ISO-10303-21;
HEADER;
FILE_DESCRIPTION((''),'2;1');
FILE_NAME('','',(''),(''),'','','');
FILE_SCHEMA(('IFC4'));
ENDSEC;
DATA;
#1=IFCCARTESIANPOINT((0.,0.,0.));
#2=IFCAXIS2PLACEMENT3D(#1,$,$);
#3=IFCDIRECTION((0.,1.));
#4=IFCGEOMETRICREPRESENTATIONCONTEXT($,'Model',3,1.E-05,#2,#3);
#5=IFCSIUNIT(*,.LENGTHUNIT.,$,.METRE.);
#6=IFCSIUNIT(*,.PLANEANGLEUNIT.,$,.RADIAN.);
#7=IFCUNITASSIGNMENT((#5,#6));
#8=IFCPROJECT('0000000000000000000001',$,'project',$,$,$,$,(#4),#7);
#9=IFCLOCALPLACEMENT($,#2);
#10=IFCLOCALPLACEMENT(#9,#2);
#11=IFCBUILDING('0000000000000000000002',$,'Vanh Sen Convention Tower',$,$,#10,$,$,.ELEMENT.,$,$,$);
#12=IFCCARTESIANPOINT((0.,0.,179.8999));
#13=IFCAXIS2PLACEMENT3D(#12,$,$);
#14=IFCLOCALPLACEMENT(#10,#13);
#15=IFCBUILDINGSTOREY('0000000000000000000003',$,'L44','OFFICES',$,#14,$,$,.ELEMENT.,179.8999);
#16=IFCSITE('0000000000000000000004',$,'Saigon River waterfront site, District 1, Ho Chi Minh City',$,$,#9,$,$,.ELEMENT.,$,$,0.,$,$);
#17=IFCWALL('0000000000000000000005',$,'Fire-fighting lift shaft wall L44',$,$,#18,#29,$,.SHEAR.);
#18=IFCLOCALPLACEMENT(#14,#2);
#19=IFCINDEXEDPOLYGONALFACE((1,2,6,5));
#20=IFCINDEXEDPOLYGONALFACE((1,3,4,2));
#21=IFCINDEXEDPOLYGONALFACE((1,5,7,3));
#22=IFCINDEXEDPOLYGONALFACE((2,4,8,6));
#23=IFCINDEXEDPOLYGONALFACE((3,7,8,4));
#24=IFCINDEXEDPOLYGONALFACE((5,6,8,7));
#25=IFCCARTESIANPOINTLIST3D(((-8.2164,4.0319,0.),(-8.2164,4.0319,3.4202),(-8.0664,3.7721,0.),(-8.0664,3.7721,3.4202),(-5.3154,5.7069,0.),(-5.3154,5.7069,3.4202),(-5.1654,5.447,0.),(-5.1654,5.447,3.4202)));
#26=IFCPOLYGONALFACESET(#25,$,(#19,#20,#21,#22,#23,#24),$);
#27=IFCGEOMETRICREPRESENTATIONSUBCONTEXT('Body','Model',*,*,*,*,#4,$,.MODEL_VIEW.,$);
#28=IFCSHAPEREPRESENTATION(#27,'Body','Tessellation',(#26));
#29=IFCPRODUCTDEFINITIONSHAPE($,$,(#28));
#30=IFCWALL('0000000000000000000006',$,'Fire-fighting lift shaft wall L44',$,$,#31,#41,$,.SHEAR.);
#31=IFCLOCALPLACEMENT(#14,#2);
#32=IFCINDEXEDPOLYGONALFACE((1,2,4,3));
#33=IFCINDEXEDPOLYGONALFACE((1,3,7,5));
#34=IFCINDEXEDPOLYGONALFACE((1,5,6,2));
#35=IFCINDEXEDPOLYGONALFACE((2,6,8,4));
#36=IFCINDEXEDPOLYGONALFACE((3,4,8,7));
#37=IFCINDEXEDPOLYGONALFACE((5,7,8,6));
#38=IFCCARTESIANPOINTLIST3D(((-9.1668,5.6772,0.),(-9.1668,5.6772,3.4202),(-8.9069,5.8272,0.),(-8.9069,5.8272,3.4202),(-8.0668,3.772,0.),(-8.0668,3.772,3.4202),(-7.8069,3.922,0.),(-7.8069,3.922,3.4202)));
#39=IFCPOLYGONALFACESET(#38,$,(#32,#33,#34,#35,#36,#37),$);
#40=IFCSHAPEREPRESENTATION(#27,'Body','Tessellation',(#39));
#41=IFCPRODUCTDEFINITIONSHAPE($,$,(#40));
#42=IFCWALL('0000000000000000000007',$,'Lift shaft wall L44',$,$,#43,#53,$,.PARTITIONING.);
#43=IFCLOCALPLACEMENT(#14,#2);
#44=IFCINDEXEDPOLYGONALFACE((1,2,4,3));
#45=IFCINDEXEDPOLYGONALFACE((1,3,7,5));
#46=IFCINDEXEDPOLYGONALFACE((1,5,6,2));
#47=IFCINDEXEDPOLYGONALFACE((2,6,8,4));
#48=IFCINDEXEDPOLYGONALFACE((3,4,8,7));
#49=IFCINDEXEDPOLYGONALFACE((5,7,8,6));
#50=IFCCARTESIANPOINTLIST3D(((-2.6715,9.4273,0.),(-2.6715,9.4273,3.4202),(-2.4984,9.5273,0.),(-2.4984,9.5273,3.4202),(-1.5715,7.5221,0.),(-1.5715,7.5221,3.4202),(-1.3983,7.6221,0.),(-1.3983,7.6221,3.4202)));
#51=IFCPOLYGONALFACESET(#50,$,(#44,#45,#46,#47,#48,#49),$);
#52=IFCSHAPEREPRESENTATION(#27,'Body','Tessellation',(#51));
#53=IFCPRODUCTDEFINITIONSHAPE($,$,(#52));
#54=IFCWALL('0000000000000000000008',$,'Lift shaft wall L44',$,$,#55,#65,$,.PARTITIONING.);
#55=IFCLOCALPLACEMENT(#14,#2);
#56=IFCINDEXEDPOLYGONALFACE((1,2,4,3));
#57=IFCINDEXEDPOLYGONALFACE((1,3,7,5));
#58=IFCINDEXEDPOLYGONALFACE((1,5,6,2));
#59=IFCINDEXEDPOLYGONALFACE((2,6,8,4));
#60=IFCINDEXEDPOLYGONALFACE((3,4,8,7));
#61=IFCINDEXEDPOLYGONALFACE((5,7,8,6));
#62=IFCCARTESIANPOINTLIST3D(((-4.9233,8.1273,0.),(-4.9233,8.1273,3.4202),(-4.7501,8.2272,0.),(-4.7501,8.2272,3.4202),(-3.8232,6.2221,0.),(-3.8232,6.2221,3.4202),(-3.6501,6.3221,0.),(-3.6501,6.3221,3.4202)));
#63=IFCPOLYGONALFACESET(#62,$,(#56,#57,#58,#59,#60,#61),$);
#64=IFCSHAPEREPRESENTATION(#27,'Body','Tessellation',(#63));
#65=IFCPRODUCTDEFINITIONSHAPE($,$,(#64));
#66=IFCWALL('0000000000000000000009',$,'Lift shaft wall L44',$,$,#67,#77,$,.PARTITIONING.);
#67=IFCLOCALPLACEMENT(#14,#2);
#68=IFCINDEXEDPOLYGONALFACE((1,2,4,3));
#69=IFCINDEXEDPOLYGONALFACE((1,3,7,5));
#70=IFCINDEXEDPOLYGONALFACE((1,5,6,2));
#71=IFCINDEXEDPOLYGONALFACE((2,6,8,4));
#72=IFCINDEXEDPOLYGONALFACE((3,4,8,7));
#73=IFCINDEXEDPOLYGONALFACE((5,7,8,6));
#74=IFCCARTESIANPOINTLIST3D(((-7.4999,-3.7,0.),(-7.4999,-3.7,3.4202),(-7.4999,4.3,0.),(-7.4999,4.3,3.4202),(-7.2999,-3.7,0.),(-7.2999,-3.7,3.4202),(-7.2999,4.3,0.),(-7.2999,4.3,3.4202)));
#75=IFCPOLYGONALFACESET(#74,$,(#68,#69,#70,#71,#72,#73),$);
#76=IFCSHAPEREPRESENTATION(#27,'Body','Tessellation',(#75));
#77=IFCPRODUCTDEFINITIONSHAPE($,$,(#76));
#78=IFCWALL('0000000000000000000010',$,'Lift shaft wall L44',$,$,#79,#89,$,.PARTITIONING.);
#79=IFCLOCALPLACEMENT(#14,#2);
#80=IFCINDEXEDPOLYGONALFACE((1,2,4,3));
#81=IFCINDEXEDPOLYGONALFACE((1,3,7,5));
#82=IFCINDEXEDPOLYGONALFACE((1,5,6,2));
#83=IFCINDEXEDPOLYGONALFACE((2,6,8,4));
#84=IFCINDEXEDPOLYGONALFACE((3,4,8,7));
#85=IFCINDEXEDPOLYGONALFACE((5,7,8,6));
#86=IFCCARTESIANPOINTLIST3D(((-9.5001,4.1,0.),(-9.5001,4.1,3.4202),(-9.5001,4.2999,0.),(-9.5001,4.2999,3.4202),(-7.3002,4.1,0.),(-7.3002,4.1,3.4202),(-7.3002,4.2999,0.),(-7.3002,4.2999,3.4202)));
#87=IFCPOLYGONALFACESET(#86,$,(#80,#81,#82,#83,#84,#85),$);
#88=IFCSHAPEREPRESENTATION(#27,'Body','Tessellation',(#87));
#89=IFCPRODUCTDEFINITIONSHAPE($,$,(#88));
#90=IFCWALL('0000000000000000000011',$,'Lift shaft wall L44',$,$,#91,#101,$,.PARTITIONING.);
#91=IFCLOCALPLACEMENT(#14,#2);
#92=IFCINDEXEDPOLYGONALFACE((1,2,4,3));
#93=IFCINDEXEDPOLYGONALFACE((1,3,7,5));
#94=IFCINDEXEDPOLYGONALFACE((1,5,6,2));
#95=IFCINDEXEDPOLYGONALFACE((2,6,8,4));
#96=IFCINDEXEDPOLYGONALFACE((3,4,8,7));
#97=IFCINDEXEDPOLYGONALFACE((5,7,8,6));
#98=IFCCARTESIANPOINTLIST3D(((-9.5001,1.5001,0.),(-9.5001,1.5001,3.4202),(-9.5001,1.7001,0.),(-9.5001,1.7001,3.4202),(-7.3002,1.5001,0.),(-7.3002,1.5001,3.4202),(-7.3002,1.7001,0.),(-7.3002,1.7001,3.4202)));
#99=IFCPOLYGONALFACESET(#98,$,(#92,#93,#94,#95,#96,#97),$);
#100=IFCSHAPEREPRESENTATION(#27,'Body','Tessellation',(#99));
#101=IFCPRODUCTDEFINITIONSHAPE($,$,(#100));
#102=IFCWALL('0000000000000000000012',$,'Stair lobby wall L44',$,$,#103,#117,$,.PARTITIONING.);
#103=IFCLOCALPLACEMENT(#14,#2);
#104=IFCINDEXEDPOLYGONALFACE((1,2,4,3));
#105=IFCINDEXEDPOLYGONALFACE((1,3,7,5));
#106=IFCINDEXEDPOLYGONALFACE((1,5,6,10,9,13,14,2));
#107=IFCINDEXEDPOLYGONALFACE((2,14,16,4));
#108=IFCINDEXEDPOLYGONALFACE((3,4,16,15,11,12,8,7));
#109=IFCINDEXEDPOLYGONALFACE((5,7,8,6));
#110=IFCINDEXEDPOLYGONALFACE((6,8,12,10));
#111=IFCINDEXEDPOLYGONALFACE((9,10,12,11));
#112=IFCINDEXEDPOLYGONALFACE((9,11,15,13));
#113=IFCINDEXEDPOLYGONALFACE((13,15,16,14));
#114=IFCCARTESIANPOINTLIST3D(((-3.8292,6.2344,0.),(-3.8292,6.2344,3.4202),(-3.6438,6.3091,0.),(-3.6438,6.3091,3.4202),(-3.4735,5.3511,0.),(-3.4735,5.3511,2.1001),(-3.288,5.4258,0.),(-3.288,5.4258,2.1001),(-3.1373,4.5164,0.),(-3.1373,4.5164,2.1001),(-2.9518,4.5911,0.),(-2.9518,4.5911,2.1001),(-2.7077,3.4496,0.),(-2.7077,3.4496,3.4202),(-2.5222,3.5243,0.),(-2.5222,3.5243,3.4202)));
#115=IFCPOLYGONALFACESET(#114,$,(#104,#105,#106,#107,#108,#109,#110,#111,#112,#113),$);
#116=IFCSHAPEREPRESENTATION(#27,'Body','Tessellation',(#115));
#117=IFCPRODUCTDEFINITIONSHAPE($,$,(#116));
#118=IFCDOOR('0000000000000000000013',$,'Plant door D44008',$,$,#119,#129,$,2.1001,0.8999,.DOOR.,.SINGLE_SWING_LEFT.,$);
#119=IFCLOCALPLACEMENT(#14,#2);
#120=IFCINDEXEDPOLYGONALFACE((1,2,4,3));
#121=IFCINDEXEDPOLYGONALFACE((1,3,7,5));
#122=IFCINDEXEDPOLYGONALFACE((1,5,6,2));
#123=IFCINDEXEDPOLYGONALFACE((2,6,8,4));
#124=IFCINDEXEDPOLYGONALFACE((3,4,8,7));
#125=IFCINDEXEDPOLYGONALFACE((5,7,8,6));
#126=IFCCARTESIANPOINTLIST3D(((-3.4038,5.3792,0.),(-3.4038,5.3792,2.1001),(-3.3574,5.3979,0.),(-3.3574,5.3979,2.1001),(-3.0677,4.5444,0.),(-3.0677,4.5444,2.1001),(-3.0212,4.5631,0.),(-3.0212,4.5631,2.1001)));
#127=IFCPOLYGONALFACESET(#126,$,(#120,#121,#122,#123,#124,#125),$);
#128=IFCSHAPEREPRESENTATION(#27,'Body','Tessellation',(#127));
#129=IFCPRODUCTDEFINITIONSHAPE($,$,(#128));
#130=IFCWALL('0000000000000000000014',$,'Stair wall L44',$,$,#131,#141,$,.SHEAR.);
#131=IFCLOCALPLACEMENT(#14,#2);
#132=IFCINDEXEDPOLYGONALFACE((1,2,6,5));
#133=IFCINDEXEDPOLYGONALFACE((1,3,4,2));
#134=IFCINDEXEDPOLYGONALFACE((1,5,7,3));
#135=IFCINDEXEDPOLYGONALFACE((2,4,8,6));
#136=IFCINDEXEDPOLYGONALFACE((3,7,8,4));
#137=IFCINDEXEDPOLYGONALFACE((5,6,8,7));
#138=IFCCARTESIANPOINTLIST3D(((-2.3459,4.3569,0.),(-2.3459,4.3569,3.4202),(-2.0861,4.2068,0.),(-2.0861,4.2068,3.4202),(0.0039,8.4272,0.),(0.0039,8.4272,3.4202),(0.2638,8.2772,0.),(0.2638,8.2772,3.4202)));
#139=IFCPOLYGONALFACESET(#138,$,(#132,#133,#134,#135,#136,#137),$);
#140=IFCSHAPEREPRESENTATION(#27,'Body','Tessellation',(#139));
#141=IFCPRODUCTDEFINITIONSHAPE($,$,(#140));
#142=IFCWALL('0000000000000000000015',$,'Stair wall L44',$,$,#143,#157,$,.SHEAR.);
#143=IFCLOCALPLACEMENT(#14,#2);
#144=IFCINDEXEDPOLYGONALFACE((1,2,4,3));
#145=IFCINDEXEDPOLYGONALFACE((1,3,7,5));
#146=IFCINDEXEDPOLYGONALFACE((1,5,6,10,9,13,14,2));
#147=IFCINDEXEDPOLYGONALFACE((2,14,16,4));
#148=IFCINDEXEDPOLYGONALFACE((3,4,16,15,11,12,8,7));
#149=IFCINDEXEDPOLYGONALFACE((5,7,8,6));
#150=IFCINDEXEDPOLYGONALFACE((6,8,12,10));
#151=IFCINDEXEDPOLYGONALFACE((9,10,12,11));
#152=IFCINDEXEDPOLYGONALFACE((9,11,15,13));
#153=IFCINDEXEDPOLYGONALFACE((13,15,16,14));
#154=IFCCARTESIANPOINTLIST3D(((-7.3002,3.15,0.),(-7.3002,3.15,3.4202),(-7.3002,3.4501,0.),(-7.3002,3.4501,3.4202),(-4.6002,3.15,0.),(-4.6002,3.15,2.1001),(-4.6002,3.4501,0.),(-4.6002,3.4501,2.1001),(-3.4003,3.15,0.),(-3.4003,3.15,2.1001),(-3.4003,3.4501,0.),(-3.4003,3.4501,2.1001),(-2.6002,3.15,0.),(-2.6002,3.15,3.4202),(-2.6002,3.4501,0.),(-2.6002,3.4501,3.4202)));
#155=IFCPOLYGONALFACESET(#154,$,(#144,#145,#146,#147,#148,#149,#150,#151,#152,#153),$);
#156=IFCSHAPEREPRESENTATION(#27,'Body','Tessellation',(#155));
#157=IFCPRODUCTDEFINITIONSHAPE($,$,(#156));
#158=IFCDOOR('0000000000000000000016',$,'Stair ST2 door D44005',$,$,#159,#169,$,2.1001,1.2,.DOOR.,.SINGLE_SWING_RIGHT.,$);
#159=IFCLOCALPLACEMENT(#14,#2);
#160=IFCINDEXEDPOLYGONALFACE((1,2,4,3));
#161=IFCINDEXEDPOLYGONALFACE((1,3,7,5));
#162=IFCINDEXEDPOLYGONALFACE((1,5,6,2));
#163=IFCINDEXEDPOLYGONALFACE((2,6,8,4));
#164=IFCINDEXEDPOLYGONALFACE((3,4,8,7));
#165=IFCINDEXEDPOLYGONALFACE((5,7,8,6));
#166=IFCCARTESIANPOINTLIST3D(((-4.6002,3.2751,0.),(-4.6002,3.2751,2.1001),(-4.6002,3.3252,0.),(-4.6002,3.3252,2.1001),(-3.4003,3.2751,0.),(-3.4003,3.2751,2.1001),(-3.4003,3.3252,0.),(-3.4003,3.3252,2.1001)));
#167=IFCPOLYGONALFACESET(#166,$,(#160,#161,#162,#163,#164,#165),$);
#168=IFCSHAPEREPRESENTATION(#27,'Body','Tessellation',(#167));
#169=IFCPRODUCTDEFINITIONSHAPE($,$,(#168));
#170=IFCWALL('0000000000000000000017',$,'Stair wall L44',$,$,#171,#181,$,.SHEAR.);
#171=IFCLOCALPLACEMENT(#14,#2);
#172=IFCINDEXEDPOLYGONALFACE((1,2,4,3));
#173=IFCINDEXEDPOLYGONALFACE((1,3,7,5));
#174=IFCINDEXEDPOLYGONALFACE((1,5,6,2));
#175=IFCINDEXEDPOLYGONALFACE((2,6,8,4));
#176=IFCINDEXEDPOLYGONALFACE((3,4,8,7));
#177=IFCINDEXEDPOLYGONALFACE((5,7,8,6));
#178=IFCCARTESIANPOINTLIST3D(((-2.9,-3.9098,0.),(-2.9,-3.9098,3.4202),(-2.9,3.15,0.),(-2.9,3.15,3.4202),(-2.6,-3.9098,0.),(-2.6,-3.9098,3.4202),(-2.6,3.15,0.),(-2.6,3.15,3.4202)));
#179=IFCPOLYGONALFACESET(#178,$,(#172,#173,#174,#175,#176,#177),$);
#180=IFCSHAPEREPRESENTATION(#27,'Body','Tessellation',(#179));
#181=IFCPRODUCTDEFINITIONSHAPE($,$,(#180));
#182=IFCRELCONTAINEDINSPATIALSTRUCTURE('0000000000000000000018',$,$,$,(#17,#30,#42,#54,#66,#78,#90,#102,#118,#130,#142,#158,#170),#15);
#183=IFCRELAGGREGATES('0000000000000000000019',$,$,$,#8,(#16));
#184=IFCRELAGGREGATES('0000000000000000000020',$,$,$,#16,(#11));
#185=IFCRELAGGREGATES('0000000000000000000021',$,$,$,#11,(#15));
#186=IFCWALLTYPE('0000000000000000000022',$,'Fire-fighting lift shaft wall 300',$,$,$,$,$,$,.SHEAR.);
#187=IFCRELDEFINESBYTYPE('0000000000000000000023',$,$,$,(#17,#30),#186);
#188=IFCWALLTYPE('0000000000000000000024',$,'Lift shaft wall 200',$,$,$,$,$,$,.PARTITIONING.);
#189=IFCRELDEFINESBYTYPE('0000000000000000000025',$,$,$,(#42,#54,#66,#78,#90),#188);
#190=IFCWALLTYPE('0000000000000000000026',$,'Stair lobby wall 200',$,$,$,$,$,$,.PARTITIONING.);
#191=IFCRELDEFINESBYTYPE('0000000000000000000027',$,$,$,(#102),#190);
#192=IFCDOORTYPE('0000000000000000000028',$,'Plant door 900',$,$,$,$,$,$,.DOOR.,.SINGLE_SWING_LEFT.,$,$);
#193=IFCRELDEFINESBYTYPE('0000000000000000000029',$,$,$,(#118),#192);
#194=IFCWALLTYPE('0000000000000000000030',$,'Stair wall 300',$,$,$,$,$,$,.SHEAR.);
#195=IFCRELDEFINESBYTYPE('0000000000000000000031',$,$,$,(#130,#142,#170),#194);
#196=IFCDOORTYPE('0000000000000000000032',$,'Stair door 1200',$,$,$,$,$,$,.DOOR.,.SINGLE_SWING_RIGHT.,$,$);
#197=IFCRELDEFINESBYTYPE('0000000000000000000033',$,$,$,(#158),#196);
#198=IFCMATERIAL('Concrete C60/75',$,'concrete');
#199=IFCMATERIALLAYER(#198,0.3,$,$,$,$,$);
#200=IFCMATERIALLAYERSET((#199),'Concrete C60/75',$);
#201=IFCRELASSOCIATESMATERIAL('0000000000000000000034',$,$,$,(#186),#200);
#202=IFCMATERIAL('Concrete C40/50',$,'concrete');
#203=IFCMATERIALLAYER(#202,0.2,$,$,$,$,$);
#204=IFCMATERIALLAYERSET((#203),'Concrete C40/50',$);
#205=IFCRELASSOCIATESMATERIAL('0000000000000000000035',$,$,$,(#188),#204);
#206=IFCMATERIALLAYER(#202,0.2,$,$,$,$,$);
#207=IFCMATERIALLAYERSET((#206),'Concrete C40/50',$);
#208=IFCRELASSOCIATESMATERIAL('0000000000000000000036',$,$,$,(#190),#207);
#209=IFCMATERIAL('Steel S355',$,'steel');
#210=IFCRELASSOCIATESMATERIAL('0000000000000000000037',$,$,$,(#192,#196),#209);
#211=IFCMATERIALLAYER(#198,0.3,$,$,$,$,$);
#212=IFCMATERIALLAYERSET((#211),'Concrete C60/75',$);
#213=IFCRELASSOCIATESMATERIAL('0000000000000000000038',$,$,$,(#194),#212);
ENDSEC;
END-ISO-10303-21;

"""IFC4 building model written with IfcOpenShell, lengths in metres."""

from ifc_helpers import new_model, si_unit, direction, frame, frame_2d, origin, place, context, subcontext, project, spatial, rectangle, extrude, material, layer, layer_set, type_object, element, fill, save


model = new_model("IFC4")

# Units and contexts
model_context = context("Model", 3, precision=1e-05, world=origin(), true_north=direction((0.0, 1.0)))
body_context = subcontext(model_context, "Body", "Model", "MODEL_VIEW")
ifc_project = project(units=[si_unit("LENGTHUNIT", "METRE"), si_unit("PLANEANGLEUNIT", "RADIAN")], contexts=[model_context])

# Site, building, storey
site_placement = place(None, origin())
site = spatial("IfcSite", under=ifc_project, at=site_placement, Name="Saigon River waterfront site, District 1, Ho Chi Minh City", CompositionType="ELEMENT", RefElevation=0.0)
building_placement = place(site_placement, origin())
building = spatial("IfcBuilding", under=site, at=building_placement, Name="Vanh Sen Convention Tower", CompositionType="ELEMENT")
storey_placement = place(building_placement, frame((0.0, 0.0, 179.8999)))
storey = spatial("IfcBuildingStorey", under=building, at=storey_placement, Name="L44", Description="OFFICES", CompositionType="ELEMENT", Elevation=179.8999)

# Shared definitions
ifc_material_1 = material(Name="Concrete C60/75", Category="concrete")
ifc_layer_1 = layer(ifc_material_1, 0.3)
ifc_layer_set_1 = layer_set([ifc_layer_1], Name="Concrete C60/75")
wall_type_1 = type_object("IfcWallType", Name="Fire-fighting lift shaft wall 300", PredefinedType="SHEAR", material=ifc_layer_set_1)

# Walls
wall_1_placement = place(storey_placement, frame((-5.2405, 5.5769, 0.0), z_axis=(0.0, 0.0, 1.0), x_axis=(-0.866014, -0.500019, 0.0)))
element("IfcWall", 1, at=wall_1_placement, inside=storey, type_object=wall_type_1, Name="Fire-fighting lift shaft wall L44", PredefinedType="SHEAR", context=body_context, shape_type="SweptSolid", body=[
    extrude(rectangle(XDim=3.3499, YDim=0.3, at=frame_2d((1.6748, 0.0))), origin(), (0.0, 0.0, 1.0), 3.4202),
])
wall_2_placement = place(storey_placement, frame((-7.9368, 3.8469, 0.0), z_axis=(0.0, 0.0, 1.0), x_axis=(-0.50003, 0.866008, 0.0)))
element("IfcWall", 2, at=wall_2_placement, inside=storey, type_object=wall_type_1, Name="Fire-fighting lift shaft wall L44", PredefinedType="SHEAR", context=body_context, shape_type="SweptSolid", body=[
    extrude(rectangle(XDim=2.2, YDim=0.3, at=frame_2d((1.1001, 0.0))), origin(), (0.0, 0.0, 1.0), 3.4202),
])
ifc_material_2 = material(Name="Concrete C40/50", Category="concrete")
ifc_layer_2 = layer(ifc_material_2, 0.2)
ifc_layer_set_2 = layer_set([ifc_layer_2], Name="Concrete C40/50")
wall_type_2 = type_object("IfcWallType", Name="Lift shaft wall 200", PredefinedType="PARTITIONING", material=ifc_layer_set_2)
for number, where, z_axis, x_axis, name in (
    (3, (-1.4849, 7.572, 0.0), (0.0, 0.0, 1.0), (-0.50003, 0.866008, 0.0), "Lift shaft wall L44"),
    (4, (-3.7366, 6.272, 0.0), (0.0, 0.0, 1.0), (-0.50003, 0.866008, 0.0), "Lift shaft wall L44"),
):
    element("IfcWall", number, at=place(storey_placement, frame(where, z_axis=z_axis, x_axis=x_axis)), inside=storey, type_object=wall_type_2, Name=name, PredefinedType="PARTITIONING", context=body_context, shape_type="SweptSolid", body=[
        extrude(rectangle(XDim=2.2, YDim=0.2, at=frame_2d((1.1001, 0.0))), origin(), (0.0, 0.0, 1.0), 3.4202),
    ])
wall_3_placement = place(storey_placement, frame((-7.3999, 4.3, 0.0), z_axis=(0.0, 0.0, 1.0), x_axis=(0.0, -1.0, 0.0)))
element("IfcWall", 5, at=wall_3_placement, inside=storey, type_object=wall_type_2, Name="Lift shaft wall L44", PredefinedType="PARTITIONING", context=body_context, shape_type="SweptSolid", body=[
    extrude(rectangle(XDim=8.0, YDim=0.2, at=frame_2d((4.0, 0.0))), origin(), (0.0, 0.0, 1.0), 3.4202),
])
for number, where, z_axis, x_axis, name in (
    (6, (-7.3, 4.2, 0.0), (0.0, 0.0, 1.0), (-1.0, 0.0, 0.0), "Lift shaft wall L44"),
    (7, (-7.3, 1.6001, 0.0), (0.0, 0.0, 1.0), (-1.0, 0.0, 0.0), "Lift shaft wall L44"),
):
    element("IfcWall", number, at=place(storey_placement, frame(where, z_axis=z_axis, x_axis=x_axis)), inside=storey, type_object=wall_type_2, Name=name, PredefinedType="PARTITIONING", context=body_context, shape_type="SweptSolid", body=[
        extrude(rectangle(XDim=2.2, YDim=0.2, at=frame_2d((1.1001, 0.0))), origin(), (0.0, 0.0, 1.0), 3.4202),
    ])

# Wall, opening, door
ifc_layer_3 = layer(ifc_material_2, 0.2)
ifc_layer_set_3 = layer_set([ifc_layer_3], Name="Concrete C40/50")
wall_type_3 = type_object("IfcWallType", Name="Stair lobby wall 200", PredefinedType="PARTITIONING", material=ifc_layer_set_3)
wall_4_placement = place(storey_placement, frame((-2.615, 3.4871, 0.0), z_axis=(0.0, 0.0, 1.0), x_axis=(-0.373577, 0.927599, 0.0)))
wall_4 = element("IfcWall", 8, at=wall_4_placement, inside=storey, type_object=wall_type_3, Name="Stair lobby wall L44", PredefinedType="PARTITIONING", context=body_context, shape_type="SweptSolid", body=[
    extrude(rectangle(XDim=3.0022, YDim=0.2, at=frame_2d((1.501, 0.0))), origin(), (0.0, 0.0, 1.0), 3.4202),
])
opening_1_placement = place(wall_4_placement, frame((1.1499, 0.0, 0.0)))
opening_1 = element("IfcOpeningElement", 9, at=opening_1_placement, cuts=wall_4, PredefinedType="OPENING", context=body_context, shape_type="SweptSolid", body=[
    extrude(rectangle(XDim=0.8999, YDim=2.1001, at=frame_2d((0.45, 1.05))), frame((0.0, 0.1099, 0.0), z_axis=(0.0, -1.0, 0.0), x_axis=(1.0, 0.0, 0.0)), (0.0, 0.0, 1.0), 0.22),
])
ifc_material_3 = material(Name="Steel S355", Category="steel")
door_type_1 = type_object("IfcDoorType", Name="Plant door 900", OperationType="SINGLE_SWING_LEFT", PredefinedType="DOOR", material=ifc_material_3)
door_1_placement = place(opening_1_placement, origin())
door_1 = element("IfcDoor", 10, at=door_1_placement, inside=storey, type_object=door_type_1, Name="Plant door D44008", OperationType="SINGLE_SWING_LEFT", OverallHeight=2.1001, OverallWidth=0.8999, PredefinedType="DOOR", context=body_context, shape_type="SweptSolid", body=[
    extrude(rectangle(XDim=0.8999, YDim=2.1001, at=frame_2d((0.45, 1.05))), frame((0.0, 0.0249, 0.0), z_axis=(0.0, -1.0, 0.0), x_axis=(1.0, 0.0, 0.0)), (0.0, 0.0, 1.0), 0.05),
])
fill(opening_1, door_1)

# Wall
ifc_layer_4 = layer(ifc_material_1, 0.3)
ifc_layer_set_4 = layer_set([ifc_layer_4], Name="Concrete C60/75")
wall_type_4 = type_object("IfcWallType", Name="Stair wall 300", PredefinedType="SHEAR", material=ifc_layer_set_4)
wall_5_placement = place(storey_placement, frame((-2.2161, 4.2817, 0.0), z_axis=(0.0, 0.0, 1.0), x_axis=(0.499977, 0.866039, 0.0)))
element("IfcWall", 11, at=wall_5_placement, inside=storey, type_object=wall_type_4, Name="Stair wall L44", PredefinedType="SHEAR", context=body_context, shape_type="SweptSolid", body=[
    extrude(rectangle(XDim=4.7, YDim=0.3, at=frame_2d((2.3501, 0.0))), origin(), (0.0, 0.0, 1.0), 3.4202),
])

# Wall, opening, door
wall_6_placement = place(storey_placement, frame((-2.6001, 3.3, 0.0), z_axis=(0.0, 0.0, 1.0), x_axis=(-1.0, 0.0, 0.0)))
wall_6 = element("IfcWall", 12, at=wall_6_placement, inside=storey, type_object=wall_type_4, Name="Stair wall L44", PredefinedType="SHEAR", context=body_context, shape_type="SweptSolid", body=[
    extrude(rectangle(XDim=4.7, YDim=0.3, at=frame_2d((2.3501, 0.0))), origin(), (0.0, 0.0, 1.0), 3.4202),
])
opening_2_placement = place(wall_6_placement, frame((0.8, 0.0, 0.0)))
opening_2 = element("IfcOpeningElement", 13, at=opening_2_placement, cuts=wall_6, PredefinedType="OPENING", context=body_context, shape_type="SweptSolid", body=[
    extrude(rectangle(XDim=1.2, YDim=2.1001, at=frame_2d((0.6001, 1.05))), frame((0.0, 0.1599, 0.0), z_axis=(0.0, -1.0, 0.0), x_axis=(1.0, 0.0, 0.0)), (0.0, 0.0, 1.0), 0.3201),
])
door_type_2 = type_object("IfcDoorType", Name="Stair door 1200", OperationType="SINGLE_SWING_RIGHT", PredefinedType="DOOR", material=ifc_material_3)
door_2_placement = place(opening_2_placement, origin())
door_2 = element("IfcDoor", 14, at=door_2_placement, inside=storey, type_object=door_type_2, Name="Stair ST2 door D44005", OperationType="SINGLE_SWING_RIGHT", OverallHeight=2.1001, OverallWidth=1.2, PredefinedType="DOOR", context=body_context, shape_type="SweptSolid", body=[
    extrude(rectangle(XDim=1.2, YDim=2.1001, at=frame_2d((0.6001, 1.05))), frame((0.0, 0.0249, 0.0), z_axis=(0.0, -1.0, 0.0), x_axis=(1.0, 0.0, 0.0)), (0.0, 0.0, 1.0), 0.05),
])
fill(opening_2, door_2)

# Wall
for number, where, z_axis, x_axis, name in (
    (15, (-2.75, 3.1499, 0.0), (0.0, 0.0, 1.0), (0.0, -1.0, 0.0), "Stair wall L44"),
):
    element("IfcWall", number, at=place(storey_placement, frame(where, z_axis=z_axis, x_axis=x_axis)), inside=storey, type_object=wall_type_4, Name=name, PredefinedType="SHEAR", context=body_context, shape_type="SweptSolid", body=[
        extrude(rectangle(XDim=7.0598, YDim=0.3, at=frame_2d((3.5298, 0.0))), origin(), (0.0, 0.0, 1.0), 3.4202),
    ])

save(model, "model.ifc")
